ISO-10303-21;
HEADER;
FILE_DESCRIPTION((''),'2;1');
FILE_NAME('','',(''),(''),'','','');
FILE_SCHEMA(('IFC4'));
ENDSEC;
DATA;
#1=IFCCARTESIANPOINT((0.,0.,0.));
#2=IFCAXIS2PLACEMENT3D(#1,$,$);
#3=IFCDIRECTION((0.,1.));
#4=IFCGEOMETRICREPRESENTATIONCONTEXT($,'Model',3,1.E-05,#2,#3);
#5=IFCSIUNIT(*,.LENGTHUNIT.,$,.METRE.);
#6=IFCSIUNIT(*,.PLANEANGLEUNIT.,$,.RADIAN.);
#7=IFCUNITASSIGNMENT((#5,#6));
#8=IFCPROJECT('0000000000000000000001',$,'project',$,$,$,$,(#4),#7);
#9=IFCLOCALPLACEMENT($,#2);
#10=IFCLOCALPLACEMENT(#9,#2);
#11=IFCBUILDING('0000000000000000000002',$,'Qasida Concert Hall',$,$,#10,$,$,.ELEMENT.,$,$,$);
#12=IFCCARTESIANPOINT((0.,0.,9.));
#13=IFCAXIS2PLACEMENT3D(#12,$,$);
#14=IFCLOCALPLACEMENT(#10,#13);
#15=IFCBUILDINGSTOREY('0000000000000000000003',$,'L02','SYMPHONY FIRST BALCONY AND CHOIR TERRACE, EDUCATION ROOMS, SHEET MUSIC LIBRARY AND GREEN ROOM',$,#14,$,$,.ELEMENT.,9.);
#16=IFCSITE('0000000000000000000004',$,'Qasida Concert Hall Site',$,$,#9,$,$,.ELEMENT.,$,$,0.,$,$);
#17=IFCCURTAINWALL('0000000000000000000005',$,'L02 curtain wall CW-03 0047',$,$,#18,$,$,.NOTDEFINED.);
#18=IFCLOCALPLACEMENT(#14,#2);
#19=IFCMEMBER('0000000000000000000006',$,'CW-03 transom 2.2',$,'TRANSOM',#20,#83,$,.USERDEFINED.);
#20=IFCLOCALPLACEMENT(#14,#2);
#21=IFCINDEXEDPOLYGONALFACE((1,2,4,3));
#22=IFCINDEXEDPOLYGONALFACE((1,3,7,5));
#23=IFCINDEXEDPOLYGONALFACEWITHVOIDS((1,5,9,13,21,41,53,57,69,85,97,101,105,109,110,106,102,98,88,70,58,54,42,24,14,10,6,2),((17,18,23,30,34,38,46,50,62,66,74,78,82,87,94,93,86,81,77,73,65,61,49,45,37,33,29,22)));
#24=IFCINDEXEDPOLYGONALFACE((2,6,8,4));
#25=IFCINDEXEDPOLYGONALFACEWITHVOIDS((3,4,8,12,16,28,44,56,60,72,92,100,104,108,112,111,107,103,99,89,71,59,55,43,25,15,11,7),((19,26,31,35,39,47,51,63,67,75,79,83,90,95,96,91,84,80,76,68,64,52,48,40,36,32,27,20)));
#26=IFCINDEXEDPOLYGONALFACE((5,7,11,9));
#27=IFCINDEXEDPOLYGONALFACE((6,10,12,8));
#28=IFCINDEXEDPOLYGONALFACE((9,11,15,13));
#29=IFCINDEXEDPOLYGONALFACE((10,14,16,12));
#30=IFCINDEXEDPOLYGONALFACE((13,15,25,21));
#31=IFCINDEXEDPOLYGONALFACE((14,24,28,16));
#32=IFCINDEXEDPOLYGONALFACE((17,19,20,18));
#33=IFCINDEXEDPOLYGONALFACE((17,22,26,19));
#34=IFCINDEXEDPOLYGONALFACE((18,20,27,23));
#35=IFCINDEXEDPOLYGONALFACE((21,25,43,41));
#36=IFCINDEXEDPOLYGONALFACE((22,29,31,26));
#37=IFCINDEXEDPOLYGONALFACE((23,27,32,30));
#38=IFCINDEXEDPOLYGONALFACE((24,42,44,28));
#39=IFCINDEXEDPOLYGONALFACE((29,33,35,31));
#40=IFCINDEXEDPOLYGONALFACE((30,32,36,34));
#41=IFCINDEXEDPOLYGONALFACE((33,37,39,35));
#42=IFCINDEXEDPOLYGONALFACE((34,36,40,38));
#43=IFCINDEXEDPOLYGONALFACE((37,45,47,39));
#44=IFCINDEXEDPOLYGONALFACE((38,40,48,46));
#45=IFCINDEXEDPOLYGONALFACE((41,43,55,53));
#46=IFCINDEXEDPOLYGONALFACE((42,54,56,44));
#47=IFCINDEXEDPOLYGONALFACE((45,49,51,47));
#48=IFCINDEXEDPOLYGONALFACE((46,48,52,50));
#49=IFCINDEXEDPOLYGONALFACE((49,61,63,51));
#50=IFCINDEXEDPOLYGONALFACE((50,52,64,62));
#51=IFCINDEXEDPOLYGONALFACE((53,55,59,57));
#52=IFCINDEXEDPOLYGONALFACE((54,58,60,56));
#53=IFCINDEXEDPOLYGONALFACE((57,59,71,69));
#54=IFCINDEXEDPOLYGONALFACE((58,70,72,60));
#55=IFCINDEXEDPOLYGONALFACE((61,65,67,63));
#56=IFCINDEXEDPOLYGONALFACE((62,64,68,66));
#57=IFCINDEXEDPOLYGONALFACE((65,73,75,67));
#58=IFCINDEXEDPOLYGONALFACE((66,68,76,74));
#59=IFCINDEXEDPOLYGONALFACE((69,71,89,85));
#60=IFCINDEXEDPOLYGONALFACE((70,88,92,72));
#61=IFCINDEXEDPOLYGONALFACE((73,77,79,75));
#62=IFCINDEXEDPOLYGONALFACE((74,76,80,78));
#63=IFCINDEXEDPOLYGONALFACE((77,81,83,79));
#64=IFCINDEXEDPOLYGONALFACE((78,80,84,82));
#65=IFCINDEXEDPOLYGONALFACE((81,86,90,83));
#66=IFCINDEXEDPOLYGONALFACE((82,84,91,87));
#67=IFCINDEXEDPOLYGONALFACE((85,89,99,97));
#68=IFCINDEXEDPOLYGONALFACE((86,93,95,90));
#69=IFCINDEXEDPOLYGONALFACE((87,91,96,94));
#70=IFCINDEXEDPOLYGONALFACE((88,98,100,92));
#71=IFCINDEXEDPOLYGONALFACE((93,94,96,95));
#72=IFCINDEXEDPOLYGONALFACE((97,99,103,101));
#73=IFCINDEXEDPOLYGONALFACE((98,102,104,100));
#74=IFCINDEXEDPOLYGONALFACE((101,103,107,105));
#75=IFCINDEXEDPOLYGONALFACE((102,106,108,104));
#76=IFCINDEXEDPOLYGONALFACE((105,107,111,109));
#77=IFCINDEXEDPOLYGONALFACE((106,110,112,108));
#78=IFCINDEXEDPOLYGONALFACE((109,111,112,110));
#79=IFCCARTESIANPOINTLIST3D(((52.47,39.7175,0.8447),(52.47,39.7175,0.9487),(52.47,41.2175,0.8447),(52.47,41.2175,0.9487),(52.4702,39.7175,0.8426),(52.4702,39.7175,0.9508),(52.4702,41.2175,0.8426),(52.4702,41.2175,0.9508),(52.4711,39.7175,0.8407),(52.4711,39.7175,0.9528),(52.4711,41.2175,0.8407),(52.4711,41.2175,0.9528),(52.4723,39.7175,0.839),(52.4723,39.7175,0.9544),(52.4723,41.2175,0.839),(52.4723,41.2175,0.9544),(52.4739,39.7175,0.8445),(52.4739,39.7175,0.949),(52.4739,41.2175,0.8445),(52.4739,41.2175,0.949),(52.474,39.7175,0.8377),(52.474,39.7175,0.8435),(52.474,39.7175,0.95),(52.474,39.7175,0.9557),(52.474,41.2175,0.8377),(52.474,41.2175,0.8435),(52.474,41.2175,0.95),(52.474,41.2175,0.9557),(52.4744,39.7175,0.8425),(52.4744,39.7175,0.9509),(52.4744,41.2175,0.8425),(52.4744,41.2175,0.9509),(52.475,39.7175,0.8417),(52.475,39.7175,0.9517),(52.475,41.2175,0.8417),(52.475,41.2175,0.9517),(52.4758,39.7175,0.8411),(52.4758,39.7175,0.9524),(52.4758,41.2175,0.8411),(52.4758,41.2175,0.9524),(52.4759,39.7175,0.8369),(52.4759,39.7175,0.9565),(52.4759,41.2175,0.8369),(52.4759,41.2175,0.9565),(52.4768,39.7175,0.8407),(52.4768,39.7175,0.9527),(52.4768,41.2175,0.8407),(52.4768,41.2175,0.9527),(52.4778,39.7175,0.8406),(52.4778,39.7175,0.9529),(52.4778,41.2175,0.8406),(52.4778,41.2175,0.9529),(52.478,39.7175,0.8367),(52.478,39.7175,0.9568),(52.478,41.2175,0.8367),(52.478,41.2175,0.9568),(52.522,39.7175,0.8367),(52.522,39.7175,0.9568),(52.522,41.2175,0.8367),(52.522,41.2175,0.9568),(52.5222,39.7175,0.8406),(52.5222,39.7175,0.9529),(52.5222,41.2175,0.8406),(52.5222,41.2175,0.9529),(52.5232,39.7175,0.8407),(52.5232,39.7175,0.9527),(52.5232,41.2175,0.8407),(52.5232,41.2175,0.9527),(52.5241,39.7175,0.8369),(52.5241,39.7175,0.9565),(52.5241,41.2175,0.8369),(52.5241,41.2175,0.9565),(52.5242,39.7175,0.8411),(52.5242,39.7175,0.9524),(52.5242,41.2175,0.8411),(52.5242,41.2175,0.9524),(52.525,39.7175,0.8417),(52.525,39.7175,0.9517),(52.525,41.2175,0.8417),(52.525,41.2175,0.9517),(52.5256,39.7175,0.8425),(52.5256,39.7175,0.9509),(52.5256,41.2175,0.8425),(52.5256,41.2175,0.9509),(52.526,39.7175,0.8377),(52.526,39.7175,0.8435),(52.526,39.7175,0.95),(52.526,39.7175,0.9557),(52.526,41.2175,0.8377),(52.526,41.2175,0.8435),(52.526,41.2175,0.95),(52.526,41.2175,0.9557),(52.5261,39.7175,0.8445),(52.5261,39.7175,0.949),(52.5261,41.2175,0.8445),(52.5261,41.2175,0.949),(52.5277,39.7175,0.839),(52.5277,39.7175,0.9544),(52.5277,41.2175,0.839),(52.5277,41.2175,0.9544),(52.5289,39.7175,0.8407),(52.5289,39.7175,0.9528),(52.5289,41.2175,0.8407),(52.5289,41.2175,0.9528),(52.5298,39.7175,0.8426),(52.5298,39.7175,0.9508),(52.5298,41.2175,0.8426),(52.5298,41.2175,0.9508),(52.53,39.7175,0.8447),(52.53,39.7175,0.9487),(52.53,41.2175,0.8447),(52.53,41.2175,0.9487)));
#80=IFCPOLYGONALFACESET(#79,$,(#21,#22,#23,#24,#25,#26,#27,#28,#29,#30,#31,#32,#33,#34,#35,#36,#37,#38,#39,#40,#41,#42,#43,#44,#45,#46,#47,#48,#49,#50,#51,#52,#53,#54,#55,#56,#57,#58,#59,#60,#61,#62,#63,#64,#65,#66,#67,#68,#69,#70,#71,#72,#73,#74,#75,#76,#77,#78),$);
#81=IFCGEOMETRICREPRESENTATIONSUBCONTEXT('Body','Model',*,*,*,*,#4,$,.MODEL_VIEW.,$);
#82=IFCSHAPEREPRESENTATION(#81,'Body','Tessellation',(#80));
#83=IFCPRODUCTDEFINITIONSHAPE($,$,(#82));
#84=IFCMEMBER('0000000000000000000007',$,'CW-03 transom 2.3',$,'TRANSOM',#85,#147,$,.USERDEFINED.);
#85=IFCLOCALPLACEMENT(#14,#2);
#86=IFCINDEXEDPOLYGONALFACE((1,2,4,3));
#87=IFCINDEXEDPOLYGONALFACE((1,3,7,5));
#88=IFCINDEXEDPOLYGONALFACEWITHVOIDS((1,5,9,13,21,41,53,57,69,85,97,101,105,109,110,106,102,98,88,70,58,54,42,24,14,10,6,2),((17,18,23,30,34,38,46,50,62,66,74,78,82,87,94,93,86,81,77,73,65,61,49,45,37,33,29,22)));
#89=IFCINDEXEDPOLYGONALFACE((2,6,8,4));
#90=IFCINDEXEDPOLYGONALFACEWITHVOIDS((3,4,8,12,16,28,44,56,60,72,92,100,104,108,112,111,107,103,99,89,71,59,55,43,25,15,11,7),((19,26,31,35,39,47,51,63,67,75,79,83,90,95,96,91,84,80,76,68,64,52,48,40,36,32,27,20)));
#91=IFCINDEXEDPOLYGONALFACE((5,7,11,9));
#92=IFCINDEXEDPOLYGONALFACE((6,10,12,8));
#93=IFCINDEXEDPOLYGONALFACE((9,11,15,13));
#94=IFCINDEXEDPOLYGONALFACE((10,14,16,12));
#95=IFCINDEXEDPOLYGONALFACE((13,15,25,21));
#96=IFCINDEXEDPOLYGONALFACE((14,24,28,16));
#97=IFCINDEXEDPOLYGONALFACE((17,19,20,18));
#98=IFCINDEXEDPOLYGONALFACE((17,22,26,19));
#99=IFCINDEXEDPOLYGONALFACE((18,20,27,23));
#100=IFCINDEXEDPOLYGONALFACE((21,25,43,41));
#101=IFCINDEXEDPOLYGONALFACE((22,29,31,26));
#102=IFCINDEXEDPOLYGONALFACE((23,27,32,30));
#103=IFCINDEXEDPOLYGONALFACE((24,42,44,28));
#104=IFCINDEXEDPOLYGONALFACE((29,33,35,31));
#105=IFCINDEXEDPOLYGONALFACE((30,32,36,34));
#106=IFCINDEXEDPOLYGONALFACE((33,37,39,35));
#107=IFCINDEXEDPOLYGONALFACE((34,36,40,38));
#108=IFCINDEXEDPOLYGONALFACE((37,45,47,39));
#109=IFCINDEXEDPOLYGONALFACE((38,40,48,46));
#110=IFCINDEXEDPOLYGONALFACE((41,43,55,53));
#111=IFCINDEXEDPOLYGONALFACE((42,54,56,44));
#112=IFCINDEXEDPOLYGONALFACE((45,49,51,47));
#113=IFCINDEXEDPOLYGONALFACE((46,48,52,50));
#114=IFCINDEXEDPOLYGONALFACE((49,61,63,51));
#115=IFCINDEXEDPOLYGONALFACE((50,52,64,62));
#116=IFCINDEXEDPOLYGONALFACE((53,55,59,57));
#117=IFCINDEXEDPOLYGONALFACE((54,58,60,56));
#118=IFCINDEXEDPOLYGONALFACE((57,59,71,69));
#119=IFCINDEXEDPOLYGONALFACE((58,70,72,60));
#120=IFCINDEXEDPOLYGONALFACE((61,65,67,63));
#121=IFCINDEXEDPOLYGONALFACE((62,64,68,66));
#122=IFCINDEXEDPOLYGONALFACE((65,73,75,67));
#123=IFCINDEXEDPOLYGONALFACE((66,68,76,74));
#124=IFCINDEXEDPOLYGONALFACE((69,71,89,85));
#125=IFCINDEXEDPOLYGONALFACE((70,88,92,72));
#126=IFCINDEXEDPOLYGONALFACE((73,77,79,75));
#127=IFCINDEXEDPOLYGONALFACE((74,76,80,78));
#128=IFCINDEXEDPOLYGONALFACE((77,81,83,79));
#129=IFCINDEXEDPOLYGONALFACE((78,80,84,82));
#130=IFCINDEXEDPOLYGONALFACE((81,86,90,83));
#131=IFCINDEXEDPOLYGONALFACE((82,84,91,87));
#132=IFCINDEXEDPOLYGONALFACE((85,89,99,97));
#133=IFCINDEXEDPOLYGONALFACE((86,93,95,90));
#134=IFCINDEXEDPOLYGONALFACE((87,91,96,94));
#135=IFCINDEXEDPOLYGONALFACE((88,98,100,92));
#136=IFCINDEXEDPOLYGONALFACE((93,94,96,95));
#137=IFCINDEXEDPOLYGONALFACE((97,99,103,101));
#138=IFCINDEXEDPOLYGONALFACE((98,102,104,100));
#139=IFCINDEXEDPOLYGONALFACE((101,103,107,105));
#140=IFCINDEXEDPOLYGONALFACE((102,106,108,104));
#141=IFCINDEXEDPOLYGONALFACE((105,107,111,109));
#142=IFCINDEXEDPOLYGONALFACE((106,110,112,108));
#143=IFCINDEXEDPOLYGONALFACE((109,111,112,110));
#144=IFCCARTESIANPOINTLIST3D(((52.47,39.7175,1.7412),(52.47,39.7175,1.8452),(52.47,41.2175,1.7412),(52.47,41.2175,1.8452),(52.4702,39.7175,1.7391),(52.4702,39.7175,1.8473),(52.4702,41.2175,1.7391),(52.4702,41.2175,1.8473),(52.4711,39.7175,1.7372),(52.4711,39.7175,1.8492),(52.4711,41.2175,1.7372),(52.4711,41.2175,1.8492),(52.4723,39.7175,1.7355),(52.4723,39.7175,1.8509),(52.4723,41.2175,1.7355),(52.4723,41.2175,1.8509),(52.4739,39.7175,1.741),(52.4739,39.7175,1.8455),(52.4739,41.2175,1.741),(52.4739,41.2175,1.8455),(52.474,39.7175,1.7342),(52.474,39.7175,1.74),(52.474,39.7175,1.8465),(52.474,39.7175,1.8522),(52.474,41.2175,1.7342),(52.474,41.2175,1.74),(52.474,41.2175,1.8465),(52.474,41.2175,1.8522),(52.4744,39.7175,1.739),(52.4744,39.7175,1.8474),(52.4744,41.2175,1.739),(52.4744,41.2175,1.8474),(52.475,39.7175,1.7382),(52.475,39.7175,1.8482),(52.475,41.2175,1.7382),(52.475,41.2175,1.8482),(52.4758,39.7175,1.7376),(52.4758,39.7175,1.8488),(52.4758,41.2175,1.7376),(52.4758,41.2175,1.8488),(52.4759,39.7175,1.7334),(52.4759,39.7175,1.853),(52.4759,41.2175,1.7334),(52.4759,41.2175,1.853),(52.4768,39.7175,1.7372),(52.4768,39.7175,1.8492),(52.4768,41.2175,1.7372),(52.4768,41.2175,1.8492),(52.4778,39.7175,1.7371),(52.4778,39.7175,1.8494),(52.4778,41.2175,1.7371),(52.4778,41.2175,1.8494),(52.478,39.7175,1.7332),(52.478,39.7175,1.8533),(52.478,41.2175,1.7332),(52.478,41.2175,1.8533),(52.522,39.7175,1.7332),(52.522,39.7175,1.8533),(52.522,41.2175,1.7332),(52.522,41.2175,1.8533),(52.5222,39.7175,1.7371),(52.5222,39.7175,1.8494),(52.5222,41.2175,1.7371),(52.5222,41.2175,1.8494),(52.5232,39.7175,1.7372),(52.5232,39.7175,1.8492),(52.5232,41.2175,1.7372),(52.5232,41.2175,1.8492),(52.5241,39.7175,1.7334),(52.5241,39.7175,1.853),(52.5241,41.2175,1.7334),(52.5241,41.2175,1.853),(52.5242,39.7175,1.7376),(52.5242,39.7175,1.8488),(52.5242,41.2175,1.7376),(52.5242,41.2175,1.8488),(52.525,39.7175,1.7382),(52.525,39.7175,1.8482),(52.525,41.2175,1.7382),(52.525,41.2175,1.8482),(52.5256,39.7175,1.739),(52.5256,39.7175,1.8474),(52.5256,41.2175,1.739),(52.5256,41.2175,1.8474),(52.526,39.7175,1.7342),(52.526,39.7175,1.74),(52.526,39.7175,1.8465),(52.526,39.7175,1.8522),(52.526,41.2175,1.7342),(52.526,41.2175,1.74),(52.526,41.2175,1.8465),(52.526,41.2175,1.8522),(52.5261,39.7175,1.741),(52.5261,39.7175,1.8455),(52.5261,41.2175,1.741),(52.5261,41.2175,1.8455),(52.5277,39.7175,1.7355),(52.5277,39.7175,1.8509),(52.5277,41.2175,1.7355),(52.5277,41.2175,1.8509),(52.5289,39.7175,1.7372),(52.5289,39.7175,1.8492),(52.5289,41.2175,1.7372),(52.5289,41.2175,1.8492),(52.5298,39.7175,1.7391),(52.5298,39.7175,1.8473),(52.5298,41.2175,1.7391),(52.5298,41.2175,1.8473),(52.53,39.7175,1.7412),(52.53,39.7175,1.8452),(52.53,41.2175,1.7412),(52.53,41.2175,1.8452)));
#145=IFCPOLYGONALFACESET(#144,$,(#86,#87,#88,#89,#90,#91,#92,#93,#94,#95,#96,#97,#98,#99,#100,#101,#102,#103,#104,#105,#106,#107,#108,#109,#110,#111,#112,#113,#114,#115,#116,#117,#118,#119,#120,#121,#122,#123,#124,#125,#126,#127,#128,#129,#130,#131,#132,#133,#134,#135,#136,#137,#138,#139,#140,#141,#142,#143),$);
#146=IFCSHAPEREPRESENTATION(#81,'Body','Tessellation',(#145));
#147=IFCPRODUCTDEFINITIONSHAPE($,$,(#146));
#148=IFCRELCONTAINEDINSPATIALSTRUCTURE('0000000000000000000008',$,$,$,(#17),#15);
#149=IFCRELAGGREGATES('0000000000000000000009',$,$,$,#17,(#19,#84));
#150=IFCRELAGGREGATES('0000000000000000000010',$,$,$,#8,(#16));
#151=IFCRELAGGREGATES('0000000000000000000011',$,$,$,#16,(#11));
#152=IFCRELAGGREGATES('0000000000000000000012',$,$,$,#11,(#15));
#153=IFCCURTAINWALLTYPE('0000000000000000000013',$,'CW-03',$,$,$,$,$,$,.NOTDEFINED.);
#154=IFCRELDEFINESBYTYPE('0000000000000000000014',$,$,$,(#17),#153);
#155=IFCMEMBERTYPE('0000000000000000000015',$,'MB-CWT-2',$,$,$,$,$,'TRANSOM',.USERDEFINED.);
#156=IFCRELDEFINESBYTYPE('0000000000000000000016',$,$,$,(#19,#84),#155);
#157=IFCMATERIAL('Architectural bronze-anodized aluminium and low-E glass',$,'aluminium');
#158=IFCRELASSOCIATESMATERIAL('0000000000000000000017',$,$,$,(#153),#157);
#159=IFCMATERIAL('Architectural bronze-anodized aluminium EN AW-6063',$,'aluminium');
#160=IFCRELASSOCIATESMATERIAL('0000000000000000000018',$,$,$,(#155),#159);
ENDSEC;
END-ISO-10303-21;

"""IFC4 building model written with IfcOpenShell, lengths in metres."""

from ifc_helpers import new_model, si_unit, direction, frame, origin, origin_2d, place, context, subcontext, project, spatial, hollow_rectangle, extrude, material, material_profile, profile_set, type_object, element, aggregate, save


model = new_model("IFC4")

# Units and contexts
model_context = context("Model", 3, precision=1e-05, world=origin(), true_north=direction((0.0, 1.0)))
body_context = subcontext(model_context, "Body", "Model", "MODEL_VIEW")
ifc_project = project(units=[si_unit("LENGTHUNIT", "METRE"), si_unit("PLANEANGLEUNIT", "RADIAN")], contexts=[model_context])

# Site, building, storey
site_placement = place(None, origin())
site = spatial("IfcSite", under=ifc_project, at=site_placement, Name="Qasida Concert Hall Site", CompositionType="ELEMENT", RefElevation=0.0)
building_placement = place(site_placement, origin())
building = spatial("IfcBuilding", under=site, at=building_placement, Name="Qasida Concert Hall", CompositionType="ELEMENT")
storey_placement = place(building_placement, frame((0.0, 0.0, 9.0)))
storey = spatial("IfcBuildingStorey", under=building, at=storey_placement, Name="L02", Description="SYMPHONY FIRST BALCONY AND CHOIR TERRACE, EDUCATION ROOMS, SHEET MUSIC LIBRARY AND GREEN ROOM", CompositionType="ELEMENT", Elevation=9.0)

# Curtain wall
ifc_material_1 = material(Name="Architectural bronze-anodized aluminium and low-E glass", Category="aluminium")
curtain_wall_type_1 = type_object("IfcCurtainWallType", Name="CW-03", PredefinedType="NOTDEFINED", material=ifc_material_1)
curtain_wall_1_placement = place(storey_placement, origin())
curtain_wall_1 = element("IfcCurtainWall", 1, at=curtain_wall_1_placement, inside=storey, type_object=curtain_wall_type_1, Name="L02 curtain wall CW-03 0047", PredefinedType="NOTDEFINED")
ifc_material_2 = material(Name="Architectural bronze-anodized aluminium EN AW-6063", Category="aluminium")

# Members
ifc_material_profile_1 = material_profile(ifc_material_2, hollow_rectangle(XDim=0.0601, YDim=0.1201, WallThickness=0.0039, InnerFilletRadius=0.0039, OuterFilletRadius=0.0081, at=origin_2d()), Name="CWT 120x60x4")
ifc_profile_set_1 = profile_set([ifc_material_profile_1], Name="Architectural bronze-anodized aluminium EN AW-6063")
member_type_1 = type_object("IfcMemberType", Name="MB-CWT-2", ElementType="TRANSOM", PredefinedType="USERDEFINED", material=ifc_profile_set_1)
member_1_placement = place(storey_placement, frame((52.5, 39.7175, 0.8967), z_axis=(0.0, 1.0, 0.0), x_axis=(-1.0, 0.0, 0.0)))
member_1 = element("IfcMember", 2, at=member_1_placement, type_object=member_type_1, Name="CW-03 transom 2.2", ObjectType="TRANSOM", PredefinedType="USERDEFINED", context=body_context, shape_type="SweptSolid", body=[
    extrude(hollow_rectangle(XDim=0.0601, YDim=0.1201, WallThickness=0.0039, InnerFilletRadius=0.0039, OuterFilletRadius=0.0081, at=origin_2d()), origin(), (0.0, 0.0, 1.0), 1.5),
])
member_2_placement = place(storey_placement, frame((52.5, 39.7175, 1.7932), z_axis=(0.0, 1.0, 0.0), x_axis=(-1.0, 0.0, 0.0)))
member_2 = element("IfcMember", 3, at=member_2_placement, type_object=member_type_1, Name="CW-03 transom 2.3", ObjectType="TRANSOM", PredefinedType="USERDEFINED", context=body_context, shape_type="SweptSolid", body=[
    extrude(hollow_rectangle(XDim=0.0601, YDim=0.1201, WallThickness=0.0039, InnerFilletRadius=0.0039, OuterFilletRadius=0.0081, at=origin_2d()), origin(), (0.0, 0.0, 1.0), 1.5),
])

aggregate(curtain_wall_1, [member_1, member_2])

save(model, "model.ifc")
